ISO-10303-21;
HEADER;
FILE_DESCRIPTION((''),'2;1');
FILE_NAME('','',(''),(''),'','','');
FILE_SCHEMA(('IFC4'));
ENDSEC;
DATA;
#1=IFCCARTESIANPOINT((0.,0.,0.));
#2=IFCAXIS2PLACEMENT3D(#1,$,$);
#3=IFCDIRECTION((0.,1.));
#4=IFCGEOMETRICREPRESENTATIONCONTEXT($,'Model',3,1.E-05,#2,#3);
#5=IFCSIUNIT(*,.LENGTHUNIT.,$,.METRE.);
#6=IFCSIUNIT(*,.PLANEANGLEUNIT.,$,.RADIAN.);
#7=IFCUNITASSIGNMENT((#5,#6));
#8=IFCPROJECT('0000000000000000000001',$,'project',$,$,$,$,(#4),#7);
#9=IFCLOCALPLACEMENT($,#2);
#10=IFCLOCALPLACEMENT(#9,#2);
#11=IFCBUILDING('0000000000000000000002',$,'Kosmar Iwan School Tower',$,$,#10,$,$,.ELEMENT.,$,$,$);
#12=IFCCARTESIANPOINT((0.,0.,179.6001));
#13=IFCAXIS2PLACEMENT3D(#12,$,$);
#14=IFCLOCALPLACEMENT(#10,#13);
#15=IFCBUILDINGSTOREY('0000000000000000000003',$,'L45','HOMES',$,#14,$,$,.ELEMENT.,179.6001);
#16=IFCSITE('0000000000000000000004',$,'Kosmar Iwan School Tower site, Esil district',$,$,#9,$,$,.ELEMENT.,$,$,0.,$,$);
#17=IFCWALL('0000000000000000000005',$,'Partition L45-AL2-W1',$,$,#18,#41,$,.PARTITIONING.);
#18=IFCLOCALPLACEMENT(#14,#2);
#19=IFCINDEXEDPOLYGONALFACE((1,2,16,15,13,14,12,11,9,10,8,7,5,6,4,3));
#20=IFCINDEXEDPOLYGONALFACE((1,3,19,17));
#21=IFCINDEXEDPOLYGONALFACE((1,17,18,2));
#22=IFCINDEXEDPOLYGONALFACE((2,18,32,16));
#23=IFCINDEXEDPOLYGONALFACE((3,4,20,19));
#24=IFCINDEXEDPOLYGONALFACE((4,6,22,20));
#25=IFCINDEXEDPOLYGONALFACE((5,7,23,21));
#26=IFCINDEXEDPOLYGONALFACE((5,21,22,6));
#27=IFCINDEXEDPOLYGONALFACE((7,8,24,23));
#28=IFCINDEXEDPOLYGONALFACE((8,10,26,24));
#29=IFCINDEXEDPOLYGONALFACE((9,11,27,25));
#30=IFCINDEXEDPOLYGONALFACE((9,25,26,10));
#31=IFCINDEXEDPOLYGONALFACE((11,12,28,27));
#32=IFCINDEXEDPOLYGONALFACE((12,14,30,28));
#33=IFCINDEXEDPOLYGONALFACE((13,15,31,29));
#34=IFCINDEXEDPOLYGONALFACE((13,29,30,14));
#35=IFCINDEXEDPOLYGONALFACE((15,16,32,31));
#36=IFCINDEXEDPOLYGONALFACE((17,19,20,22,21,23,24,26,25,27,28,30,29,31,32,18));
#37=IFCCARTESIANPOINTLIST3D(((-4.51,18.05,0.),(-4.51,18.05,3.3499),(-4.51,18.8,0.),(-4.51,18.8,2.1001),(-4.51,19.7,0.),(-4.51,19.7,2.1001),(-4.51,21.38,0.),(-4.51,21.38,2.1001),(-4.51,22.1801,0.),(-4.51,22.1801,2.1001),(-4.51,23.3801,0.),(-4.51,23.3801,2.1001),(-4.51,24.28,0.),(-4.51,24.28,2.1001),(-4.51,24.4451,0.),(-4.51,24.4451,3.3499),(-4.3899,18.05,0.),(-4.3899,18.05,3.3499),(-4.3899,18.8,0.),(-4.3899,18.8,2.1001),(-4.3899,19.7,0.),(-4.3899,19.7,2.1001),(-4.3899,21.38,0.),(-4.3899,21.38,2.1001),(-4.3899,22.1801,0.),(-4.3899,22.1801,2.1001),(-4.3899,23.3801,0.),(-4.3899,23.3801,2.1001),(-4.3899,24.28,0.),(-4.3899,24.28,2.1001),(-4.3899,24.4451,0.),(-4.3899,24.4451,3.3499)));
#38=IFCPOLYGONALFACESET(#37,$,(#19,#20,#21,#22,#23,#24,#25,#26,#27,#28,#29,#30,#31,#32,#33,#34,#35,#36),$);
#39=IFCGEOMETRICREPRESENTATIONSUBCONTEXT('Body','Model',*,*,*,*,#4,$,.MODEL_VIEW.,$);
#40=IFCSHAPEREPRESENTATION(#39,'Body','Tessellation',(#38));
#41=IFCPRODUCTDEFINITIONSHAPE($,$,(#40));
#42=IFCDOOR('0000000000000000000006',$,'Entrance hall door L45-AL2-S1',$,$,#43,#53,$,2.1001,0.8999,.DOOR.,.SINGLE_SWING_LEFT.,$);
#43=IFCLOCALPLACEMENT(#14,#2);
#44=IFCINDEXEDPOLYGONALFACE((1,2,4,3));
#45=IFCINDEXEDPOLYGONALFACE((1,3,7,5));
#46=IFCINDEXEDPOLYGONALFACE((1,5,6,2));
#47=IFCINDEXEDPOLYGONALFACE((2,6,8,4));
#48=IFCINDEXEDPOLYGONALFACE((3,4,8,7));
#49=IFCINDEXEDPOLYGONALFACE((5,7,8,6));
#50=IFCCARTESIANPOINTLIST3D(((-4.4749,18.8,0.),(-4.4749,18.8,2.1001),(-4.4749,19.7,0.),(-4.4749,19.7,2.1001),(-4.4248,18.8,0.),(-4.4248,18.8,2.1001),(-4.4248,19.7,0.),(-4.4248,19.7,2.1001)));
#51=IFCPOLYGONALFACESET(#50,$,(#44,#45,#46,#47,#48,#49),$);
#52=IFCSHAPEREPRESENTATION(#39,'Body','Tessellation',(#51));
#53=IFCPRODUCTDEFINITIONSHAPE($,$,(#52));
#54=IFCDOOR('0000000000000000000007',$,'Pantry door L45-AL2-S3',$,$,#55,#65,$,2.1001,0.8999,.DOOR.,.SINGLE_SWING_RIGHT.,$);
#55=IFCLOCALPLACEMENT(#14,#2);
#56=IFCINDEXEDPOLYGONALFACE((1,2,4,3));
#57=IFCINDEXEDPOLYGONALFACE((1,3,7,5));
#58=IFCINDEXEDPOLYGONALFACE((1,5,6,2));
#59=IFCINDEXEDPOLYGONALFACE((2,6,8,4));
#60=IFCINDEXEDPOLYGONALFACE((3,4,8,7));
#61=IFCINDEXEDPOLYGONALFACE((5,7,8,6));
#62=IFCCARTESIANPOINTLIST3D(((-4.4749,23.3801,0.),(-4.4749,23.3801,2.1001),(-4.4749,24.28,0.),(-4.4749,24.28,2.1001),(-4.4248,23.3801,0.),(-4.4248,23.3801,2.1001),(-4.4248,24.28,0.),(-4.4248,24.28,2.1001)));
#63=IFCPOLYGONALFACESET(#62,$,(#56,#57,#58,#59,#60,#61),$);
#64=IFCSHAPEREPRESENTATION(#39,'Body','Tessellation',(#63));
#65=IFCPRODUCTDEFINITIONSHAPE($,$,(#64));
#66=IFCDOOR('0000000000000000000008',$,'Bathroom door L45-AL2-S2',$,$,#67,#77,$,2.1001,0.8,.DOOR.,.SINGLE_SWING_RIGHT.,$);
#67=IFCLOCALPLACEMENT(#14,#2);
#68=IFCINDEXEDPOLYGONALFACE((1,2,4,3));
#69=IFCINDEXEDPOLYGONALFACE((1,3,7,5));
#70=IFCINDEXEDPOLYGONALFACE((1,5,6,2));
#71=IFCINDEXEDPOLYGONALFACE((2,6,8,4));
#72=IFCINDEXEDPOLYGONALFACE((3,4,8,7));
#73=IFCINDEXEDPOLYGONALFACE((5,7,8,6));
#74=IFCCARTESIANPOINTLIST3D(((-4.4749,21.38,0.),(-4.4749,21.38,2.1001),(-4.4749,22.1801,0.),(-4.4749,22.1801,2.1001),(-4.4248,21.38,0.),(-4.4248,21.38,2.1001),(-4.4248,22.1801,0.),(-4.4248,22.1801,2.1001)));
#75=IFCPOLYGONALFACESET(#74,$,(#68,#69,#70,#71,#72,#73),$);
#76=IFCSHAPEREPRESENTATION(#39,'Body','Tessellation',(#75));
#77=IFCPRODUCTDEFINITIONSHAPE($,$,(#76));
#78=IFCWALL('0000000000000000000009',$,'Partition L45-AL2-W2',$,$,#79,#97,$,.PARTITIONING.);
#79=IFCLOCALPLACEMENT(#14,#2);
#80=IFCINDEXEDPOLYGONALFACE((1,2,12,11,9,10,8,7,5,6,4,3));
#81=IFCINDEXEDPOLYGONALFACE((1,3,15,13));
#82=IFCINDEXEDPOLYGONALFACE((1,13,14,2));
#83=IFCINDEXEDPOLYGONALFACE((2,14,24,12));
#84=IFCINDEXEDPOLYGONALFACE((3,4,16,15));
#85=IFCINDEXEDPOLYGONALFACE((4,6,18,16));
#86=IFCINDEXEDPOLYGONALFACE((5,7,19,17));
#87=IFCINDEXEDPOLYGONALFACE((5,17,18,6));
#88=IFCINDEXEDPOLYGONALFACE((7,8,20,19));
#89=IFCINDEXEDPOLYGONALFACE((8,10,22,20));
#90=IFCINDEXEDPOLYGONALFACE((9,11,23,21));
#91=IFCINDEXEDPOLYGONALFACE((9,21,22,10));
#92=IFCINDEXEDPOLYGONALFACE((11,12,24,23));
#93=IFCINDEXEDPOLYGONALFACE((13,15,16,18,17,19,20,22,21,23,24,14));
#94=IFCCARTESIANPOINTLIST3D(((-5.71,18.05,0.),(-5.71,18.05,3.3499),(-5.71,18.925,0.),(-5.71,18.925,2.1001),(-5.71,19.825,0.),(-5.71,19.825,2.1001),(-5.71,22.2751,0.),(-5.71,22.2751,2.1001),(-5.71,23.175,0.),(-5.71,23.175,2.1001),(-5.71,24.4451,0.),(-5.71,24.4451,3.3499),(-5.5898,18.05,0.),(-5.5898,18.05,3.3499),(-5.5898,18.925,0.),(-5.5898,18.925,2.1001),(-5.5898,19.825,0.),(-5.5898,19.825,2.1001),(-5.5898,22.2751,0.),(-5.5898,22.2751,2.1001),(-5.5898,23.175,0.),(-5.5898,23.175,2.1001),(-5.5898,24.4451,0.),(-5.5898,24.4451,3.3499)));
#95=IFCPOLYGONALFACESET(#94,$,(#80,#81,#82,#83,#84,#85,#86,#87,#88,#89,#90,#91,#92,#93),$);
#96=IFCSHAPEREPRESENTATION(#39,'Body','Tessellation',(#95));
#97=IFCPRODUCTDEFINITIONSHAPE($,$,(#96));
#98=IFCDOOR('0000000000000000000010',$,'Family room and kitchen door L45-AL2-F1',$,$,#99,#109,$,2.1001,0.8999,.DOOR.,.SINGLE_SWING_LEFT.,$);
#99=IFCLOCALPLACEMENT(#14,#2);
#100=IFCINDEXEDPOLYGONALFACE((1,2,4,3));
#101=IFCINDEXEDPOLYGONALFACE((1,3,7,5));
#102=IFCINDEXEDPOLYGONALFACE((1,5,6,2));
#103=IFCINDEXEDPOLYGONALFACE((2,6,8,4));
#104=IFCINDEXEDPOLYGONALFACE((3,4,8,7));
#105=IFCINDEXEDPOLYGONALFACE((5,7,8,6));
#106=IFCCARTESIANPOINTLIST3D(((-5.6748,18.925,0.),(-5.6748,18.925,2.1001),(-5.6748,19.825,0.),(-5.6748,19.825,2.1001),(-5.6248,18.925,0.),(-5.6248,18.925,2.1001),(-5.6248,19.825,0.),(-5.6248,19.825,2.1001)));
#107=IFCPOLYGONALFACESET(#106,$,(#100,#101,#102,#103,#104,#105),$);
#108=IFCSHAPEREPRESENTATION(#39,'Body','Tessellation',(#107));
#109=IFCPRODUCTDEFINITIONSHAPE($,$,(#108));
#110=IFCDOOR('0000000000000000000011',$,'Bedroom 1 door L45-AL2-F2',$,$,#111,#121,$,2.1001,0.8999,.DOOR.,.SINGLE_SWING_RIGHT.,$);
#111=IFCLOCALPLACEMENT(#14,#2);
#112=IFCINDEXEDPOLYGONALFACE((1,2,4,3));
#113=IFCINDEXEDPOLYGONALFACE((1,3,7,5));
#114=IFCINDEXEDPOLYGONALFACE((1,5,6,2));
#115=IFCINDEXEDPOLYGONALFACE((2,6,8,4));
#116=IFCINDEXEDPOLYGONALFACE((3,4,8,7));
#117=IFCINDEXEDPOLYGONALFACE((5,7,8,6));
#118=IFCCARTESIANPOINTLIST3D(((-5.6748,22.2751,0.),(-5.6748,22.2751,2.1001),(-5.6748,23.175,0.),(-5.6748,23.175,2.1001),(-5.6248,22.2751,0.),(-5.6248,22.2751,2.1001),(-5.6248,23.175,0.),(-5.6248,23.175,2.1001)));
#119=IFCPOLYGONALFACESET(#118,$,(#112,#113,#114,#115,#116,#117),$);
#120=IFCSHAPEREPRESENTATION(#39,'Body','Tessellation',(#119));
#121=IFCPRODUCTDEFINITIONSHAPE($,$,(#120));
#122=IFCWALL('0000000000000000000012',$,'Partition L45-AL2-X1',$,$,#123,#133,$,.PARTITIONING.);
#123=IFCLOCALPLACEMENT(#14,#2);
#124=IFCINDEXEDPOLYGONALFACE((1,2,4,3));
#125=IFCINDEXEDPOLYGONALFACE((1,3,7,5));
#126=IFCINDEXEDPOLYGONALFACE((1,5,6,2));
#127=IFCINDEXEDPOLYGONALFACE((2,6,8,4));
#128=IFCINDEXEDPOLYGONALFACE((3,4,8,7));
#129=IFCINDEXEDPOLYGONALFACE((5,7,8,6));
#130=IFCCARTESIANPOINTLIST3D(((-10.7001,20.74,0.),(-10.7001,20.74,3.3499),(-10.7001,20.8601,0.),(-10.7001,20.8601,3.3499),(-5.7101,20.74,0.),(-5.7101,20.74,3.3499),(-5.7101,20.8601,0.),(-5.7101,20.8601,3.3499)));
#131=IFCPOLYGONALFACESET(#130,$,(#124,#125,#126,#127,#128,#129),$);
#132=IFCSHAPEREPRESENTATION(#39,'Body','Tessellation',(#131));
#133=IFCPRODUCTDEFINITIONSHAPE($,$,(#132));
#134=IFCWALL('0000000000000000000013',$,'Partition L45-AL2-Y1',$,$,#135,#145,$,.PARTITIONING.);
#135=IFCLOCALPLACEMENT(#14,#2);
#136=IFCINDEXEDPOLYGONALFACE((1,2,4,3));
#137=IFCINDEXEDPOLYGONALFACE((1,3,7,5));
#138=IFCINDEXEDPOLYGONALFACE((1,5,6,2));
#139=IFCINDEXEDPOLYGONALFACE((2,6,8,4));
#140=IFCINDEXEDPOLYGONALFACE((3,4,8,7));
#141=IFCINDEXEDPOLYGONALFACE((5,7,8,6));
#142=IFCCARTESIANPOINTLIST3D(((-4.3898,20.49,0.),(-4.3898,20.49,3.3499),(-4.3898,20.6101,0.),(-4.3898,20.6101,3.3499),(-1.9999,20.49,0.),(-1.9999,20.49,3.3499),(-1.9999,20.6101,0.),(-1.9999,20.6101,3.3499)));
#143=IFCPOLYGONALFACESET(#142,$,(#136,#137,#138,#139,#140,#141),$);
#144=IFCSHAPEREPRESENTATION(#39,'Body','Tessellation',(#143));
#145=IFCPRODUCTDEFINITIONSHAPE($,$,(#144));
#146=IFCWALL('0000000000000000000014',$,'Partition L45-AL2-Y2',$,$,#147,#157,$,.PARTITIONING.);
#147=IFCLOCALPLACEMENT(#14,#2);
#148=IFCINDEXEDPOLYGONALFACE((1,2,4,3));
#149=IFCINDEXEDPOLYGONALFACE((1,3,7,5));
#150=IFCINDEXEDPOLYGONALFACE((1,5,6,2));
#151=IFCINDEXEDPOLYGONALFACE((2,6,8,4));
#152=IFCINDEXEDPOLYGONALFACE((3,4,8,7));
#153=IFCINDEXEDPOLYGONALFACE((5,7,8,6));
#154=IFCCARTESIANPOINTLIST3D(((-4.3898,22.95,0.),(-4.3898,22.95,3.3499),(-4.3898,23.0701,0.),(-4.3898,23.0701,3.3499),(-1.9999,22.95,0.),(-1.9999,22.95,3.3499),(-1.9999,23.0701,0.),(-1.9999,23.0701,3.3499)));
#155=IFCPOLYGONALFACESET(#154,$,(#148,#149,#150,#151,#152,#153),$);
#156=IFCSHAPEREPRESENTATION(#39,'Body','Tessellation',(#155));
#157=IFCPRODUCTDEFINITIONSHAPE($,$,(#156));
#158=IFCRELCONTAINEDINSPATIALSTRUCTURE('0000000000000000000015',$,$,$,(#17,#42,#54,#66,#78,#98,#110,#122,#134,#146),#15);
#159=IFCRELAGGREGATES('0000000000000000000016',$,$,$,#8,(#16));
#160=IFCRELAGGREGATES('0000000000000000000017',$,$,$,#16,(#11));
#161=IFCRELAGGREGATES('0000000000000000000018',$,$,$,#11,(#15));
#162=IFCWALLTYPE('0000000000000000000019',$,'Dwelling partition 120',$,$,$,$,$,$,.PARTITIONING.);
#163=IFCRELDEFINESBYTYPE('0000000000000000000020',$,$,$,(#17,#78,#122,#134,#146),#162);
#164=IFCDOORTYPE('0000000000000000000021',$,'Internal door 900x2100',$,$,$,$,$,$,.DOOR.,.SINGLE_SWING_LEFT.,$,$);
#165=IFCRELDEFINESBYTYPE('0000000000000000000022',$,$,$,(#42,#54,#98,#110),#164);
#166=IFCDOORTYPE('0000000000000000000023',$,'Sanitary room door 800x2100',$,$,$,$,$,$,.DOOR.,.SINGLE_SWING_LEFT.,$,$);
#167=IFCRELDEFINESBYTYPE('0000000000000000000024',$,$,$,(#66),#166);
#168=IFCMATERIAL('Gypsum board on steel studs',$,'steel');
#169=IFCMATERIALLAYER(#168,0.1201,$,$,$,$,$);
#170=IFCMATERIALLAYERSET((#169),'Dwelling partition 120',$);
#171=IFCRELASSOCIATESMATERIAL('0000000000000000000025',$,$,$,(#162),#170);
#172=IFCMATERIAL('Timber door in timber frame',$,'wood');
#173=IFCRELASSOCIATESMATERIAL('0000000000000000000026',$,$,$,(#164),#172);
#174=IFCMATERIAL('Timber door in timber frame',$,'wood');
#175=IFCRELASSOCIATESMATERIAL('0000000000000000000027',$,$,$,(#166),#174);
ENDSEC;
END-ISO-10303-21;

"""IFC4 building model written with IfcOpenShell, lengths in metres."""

from ifc_helpers import new_model, si_unit, direction, frame, frame_2d, origin, place, context, subcontext, project, spatial, rectangle, extrude, material, layer, layer_set, type_object, element, fill, save


model = new_model("IFC4")

# Units and contexts
model_context = context("Model", 3, precision=1e-05, world=origin(), true_north=direction((0.0, 1.0)))
body_context = subcontext(model_context, "Body", "Model", "MODEL_VIEW")
ifc_project = project(units=[si_unit("LENGTHUNIT", "METRE"), si_unit("PLANEANGLEUNIT", "RADIAN")], contexts=[model_context])

# Site, building, storey
site_placement = place(None, origin())
site = spatial("IfcSite", under=ifc_project, at=site_placement, Name="Kosmar Iwan School Tower site, Esil district", CompositionType="ELEMENT", RefElevation=0.0)
building_placement = place(site_placement, origin())
building = spatial("IfcBuilding", under=site, at=building_placement, Name="Kosmar Iwan School Tower", CompositionType="ELEMENT")
storey_placement = place(building_placement, frame((0.0, 0.0, 179.6001)))
storey = spatial("IfcBuildingStorey", under=building, at=storey_placement, Name="L45", Description="HOMES", CompositionType="ELEMENT", Elevation=179.6001)

# Walls, openings, doors
ifc_material_1 = material(Name="Gypsum board on steel studs", Category="steel")
ifc_layer_1 = layer(ifc_material_1, 0.1201)
ifc_layer_set_1 = layer_set([ifc_layer_1], Name="Dwelling partition 120")
wall_type_1 = type_object("IfcWallType", Name="Dwelling partition 120", PredefinedType="PARTITIONING", material=ifc_layer_set_1)
wall_1_placement = place(storey_placement, frame((-4.45, 18.05, 0.0), z_axis=(0.0, 0.0, 1.0), x_axis=(0.0, 1.0, 0.0)))
wall_1 = element("IfcWall", 1, at=wall_1_placement, inside=storey, type_object=wall_type_1, Name="Partition L45-AL2-W1", PredefinedType="PARTITIONING", context=body_context, shape_type="SweptSolid", body=[
    extrude(rectangle(XDim=6.395, YDim=0.1201, at=frame_2d((3.1975, 0.0))), origin(), (0.0, 0.0, 1.0), 3.3499),
])
opening_1_placement = place(wall_1_placement, frame((0.75, 0.0, 0.0)))
opening_1 = element("IfcOpeningElement", 2, at=opening_1_placement, cuts=wall_1, PredefinedType="OPENING", context=body_context, shape_type="SweptSolid", body=[
    extrude(rectangle(XDim=0.8999, YDim=2.1001, at=frame_2d((0.45, 1.05))), frame((0.0, 0.072, 0.0), z_axis=(0.0, -1.0, 0.0), x_axis=(1.0, 0.0, 0.0)), (0.0, 0.0, 1.0), 0.144),
])
opening_2_placement = place(wall_1_placement, frame((3.3301, 0.0, 0.0)))
opening_2 = element("IfcOpeningElement", 3, at=opening_2_placement, cuts=wall_1, PredefinedType="OPENING", context=body_context, shape_type="SweptSolid", body=[
    extrude(rectangle(XDim=0.8, YDim=2.1001, at=frame_2d((0.3999, 1.05))), frame((0.0, 0.072, 0.0), z_axis=(0.0, -1.0, 0.0), x_axis=(1.0, 0.0, 0.0)), (0.0, 0.0, 1.0), 0.144),
])
opening_3_placement = place(wall_1_placement, frame((5.3301, 0.0, 0.0)))
opening_3 = element("IfcOpeningElement", 4, at=opening_3_placement, cuts=wall_1, PredefinedType="OPENING", context=body_context, shape_type="SweptSolid", body=[
    extrude(rectangle(XDim=0.8999, YDim=2.1001, at=frame_2d((0.45, 1.05))), frame((0.0, 0.072, 0.0), z_axis=(0.0, -1.0, 0.0), x_axis=(1.0, 0.0, 0.0)), (0.0, 0.0, 1.0), 0.144),
])
ifc_material_2 = material(Name="Timber door in timber frame", Category="wood")
door_type_1 = type_object("IfcDoorType", Name="Internal door 900x2100", OperationType="SINGLE_SWING_LEFT", PredefinedType="DOOR", material=ifc_material_2)
door_1_placement = place(opening_1_placement, origin())
door_1 = element("IfcDoor", 5, at=door_1_placement, inside=storey, type_object=door_type_1, Name="Entrance hall door L45-AL2-S1", OperationType="SINGLE_SWING_LEFT", OverallHeight=2.1001, OverallWidth=0.8999, PredefinedType="DOOR", context=body_context, shape_type="SweptSolid", body=[
    extrude(rectangle(XDim=0.8999, YDim=2.1001, at=frame_2d((0.45, 1.05))), frame((0.0, 0.0249, 0.0), z_axis=(0.0, -1.0, 0.0), x_axis=(1.0, 0.0, 0.0)), (0.0, 0.0, 1.0), 0.05),
])
fill(opening_1, door_1)
door_2_placement = place(opening_3_placement, origin())
door_2 = element("IfcDoor", 6, at=door_2_placement, inside=storey, type_object=door_type_1, Name="Pantry door L45-AL2-S3", OperationType="SINGLE_SWING_RIGHT", OverallHeight=2.1001, OverallWidth=0.8999, PredefinedType="DOOR", context=body_context, shape_type="SweptSolid", body=[
    extrude(rectangle(XDim=0.8999, YDim=2.1001, at=frame_2d((0.45, 1.05))), frame((0.0, 0.0249, 0.0), z_axis=(0.0, -1.0, 0.0), x_axis=(1.0, 0.0, 0.0)), (0.0, 0.0, 1.0), 0.05),
])
fill(opening_3, door_2)
ifc_material_3 = material(Name="Timber door in timber frame", Category="wood")
door_type_2 = type_object("IfcDoorType", Name="Sanitary room door 800x2100", OperationType="SINGLE_SWING_LEFT", PredefinedType="DOOR", material=ifc_material_3)
door_3_placement = place(opening_2_placement, origin())
door_3 = element("IfcDoor", 7, at=door_3_placement, inside=storey, type_object=door_type_2, Name="Bathroom door L45-AL2-S2", OperationType="SINGLE_SWING_RIGHT", OverallHeight=2.1001, OverallWidth=0.8, PredefinedType="DOOR", context=body_context, shape_type="SweptSolid", body=[
    extrude(rectangle(XDim=0.8, YDim=2.1001, at=frame_2d((0.3999, 1.05))), frame((0.0, 0.0249, 0.0), z_axis=(0.0, -1.0, 0.0), x_axis=(1.0, 0.0, 0.0)), (0.0, 0.0, 1.0), 0.05),
])
fill(opening_2, door_3)
wall_2_placement = place(storey_placement, frame((-5.6499, 18.05, 0.0), z_axis=(0.0, 0.0, 1.0), x_axis=(0.0, 1.0, 0.0)))
wall_2 = element("IfcWall", 8, at=wall_2_placement, inside=storey, type_object=wall_type_1, Name="Partition L45-AL2-W2", PredefinedType="PARTITIONING", context=body_context, shape_type="SweptSolid", body=[
    extrude(rectangle(XDim=6.395, YDim=0.1201, at=frame_2d((3.1975, 0.0))), origin(), (0.0, 0.0, 1.0), 3.3499),
])
opening_4_placement = place(wall_2_placement, frame((0.875, 0.0, 0.0)))
opening_4 = element("IfcOpeningElement", 9, at=opening_4_placement, cuts=wall_2, PredefinedType="OPENING", context=body_context, shape_type="SweptSolid", body=[
    extrude(rectangle(XDim=0.8999, YDim=2.1001, at=frame_2d((0.45, 1.05))), frame((0.0, 0.072, 0.0), z_axis=(0.0, -1.0, 0.0), x_axis=(1.0, 0.0, 0.0)), (0.0, 0.0, 1.0), 0.144),
])
opening_5_placement = place(wall_2_placement, frame((4.2251, 0.0, 0.0)))
opening_5 = element("IfcOpeningElement", 10, at=opening_5_placement, cuts=wall_2, PredefinedType="OPENING", context=body_context, shape_type="SweptSolid", body=[
    extrude(rectangle(XDim=0.8999, YDim=2.1001, at=frame_2d((0.45, 1.05))), frame((0.0, 0.072, 0.0), z_axis=(0.0, -1.0, 0.0), x_axis=(1.0, 0.0, 0.0)), (0.0, 0.0, 1.0), 0.144),
])
door_4_placement = place(opening_4_placement, origin())
door_4 = element("IfcDoor", 11, at=door_4_placement, inside=storey, type_object=door_type_1, Name="Family room and kitchen door L45-AL2-F1", OperationType="SINGLE_SWING_LEFT", OverallHeight=2.1001, OverallWidth=0.8999, PredefinedType="DOOR", context=body_context, shape_type="SweptSolid", body=[
    extrude(rectangle(XDim=0.8999, YDim=2.1001, at=frame_2d((0.45, 1.05))), frame((0.0, 0.0249, 0.0), z_axis=(0.0, -1.0, 0.0), x_axis=(1.0, 0.0, 0.0)), (0.0, 0.0, 1.0), 0.05),
])
fill(opening_4, door_4)
door_5_placement = place(opening_5_placement, origin())
door_5 = element("IfcDoor", 12, at=door_5_placement, inside=storey, type_object=door_type_1, Name="Bedroom 1 door L45-AL2-F2", OperationType="SINGLE_SWING_RIGHT", OverallHeight=2.1001, OverallWidth=0.8999, PredefinedType="DOOR", context=body_context, shape_type="SweptSolid", body=[
    extrude(rectangle(XDim=0.8999, YDim=2.1001, at=frame_2d((0.45, 1.05))), frame((0.0, 0.0249, 0.0), z_axis=(0.0, -1.0, 0.0), x_axis=(1.0, 0.0, 0.0)), (0.0, 0.0, 1.0), 0.05),
])
fill(opening_5, door_5)

# Walls
wall_3_placement = place(storey_placement, frame((-5.71, 20.8, 0.0), z_axis=(0.0, 0.0, 1.0), x_axis=(-1.0, 0.0, 0.0)))
element("IfcWall", 13, at=wall_3_placement, inside=storey, type_object=wall_type_1, Name="Partition L45-AL2-X1", PredefinedType="PARTITIONING", context=body_context, shape_type="SweptSolid", body=[
    extrude(rectangle(XDim=4.99, YDim=0.1201, at=frame_2d((2.4951, 0.0))), origin(), (0.0, 0.0, 1.0), 3.3499),
])
for number, where, z_axis, x_axis, name in (
    (14, (-2.0, 20.55, 0.0), (0.0, 0.0, 1.0), (-1.0, 0.0, 0.0), "Partition L45-AL2-Y1"),
    (15, (-2.0, 23.01, 0.0), (0.0, 0.0, 1.0), (-1.0, 0.0, 0.0), "Partition L45-AL2-Y2"),
):
    element("IfcWall", number, at=place(storey_placement, frame(where, z_axis=z_axis, x_axis=x_axis)), inside=storey, type_object=wall_type_1, Name=name, PredefinedType="PARTITIONING", context=body_context, shape_type="SweptSolid", body=[
        extrude(rectangle(XDim=2.3899, YDim=0.1201, at=frame_2d((1.1948, 0.0))), origin(), (0.0, 0.0, 1.0), 3.3499),
    ])

save(model, "model.ifc")
